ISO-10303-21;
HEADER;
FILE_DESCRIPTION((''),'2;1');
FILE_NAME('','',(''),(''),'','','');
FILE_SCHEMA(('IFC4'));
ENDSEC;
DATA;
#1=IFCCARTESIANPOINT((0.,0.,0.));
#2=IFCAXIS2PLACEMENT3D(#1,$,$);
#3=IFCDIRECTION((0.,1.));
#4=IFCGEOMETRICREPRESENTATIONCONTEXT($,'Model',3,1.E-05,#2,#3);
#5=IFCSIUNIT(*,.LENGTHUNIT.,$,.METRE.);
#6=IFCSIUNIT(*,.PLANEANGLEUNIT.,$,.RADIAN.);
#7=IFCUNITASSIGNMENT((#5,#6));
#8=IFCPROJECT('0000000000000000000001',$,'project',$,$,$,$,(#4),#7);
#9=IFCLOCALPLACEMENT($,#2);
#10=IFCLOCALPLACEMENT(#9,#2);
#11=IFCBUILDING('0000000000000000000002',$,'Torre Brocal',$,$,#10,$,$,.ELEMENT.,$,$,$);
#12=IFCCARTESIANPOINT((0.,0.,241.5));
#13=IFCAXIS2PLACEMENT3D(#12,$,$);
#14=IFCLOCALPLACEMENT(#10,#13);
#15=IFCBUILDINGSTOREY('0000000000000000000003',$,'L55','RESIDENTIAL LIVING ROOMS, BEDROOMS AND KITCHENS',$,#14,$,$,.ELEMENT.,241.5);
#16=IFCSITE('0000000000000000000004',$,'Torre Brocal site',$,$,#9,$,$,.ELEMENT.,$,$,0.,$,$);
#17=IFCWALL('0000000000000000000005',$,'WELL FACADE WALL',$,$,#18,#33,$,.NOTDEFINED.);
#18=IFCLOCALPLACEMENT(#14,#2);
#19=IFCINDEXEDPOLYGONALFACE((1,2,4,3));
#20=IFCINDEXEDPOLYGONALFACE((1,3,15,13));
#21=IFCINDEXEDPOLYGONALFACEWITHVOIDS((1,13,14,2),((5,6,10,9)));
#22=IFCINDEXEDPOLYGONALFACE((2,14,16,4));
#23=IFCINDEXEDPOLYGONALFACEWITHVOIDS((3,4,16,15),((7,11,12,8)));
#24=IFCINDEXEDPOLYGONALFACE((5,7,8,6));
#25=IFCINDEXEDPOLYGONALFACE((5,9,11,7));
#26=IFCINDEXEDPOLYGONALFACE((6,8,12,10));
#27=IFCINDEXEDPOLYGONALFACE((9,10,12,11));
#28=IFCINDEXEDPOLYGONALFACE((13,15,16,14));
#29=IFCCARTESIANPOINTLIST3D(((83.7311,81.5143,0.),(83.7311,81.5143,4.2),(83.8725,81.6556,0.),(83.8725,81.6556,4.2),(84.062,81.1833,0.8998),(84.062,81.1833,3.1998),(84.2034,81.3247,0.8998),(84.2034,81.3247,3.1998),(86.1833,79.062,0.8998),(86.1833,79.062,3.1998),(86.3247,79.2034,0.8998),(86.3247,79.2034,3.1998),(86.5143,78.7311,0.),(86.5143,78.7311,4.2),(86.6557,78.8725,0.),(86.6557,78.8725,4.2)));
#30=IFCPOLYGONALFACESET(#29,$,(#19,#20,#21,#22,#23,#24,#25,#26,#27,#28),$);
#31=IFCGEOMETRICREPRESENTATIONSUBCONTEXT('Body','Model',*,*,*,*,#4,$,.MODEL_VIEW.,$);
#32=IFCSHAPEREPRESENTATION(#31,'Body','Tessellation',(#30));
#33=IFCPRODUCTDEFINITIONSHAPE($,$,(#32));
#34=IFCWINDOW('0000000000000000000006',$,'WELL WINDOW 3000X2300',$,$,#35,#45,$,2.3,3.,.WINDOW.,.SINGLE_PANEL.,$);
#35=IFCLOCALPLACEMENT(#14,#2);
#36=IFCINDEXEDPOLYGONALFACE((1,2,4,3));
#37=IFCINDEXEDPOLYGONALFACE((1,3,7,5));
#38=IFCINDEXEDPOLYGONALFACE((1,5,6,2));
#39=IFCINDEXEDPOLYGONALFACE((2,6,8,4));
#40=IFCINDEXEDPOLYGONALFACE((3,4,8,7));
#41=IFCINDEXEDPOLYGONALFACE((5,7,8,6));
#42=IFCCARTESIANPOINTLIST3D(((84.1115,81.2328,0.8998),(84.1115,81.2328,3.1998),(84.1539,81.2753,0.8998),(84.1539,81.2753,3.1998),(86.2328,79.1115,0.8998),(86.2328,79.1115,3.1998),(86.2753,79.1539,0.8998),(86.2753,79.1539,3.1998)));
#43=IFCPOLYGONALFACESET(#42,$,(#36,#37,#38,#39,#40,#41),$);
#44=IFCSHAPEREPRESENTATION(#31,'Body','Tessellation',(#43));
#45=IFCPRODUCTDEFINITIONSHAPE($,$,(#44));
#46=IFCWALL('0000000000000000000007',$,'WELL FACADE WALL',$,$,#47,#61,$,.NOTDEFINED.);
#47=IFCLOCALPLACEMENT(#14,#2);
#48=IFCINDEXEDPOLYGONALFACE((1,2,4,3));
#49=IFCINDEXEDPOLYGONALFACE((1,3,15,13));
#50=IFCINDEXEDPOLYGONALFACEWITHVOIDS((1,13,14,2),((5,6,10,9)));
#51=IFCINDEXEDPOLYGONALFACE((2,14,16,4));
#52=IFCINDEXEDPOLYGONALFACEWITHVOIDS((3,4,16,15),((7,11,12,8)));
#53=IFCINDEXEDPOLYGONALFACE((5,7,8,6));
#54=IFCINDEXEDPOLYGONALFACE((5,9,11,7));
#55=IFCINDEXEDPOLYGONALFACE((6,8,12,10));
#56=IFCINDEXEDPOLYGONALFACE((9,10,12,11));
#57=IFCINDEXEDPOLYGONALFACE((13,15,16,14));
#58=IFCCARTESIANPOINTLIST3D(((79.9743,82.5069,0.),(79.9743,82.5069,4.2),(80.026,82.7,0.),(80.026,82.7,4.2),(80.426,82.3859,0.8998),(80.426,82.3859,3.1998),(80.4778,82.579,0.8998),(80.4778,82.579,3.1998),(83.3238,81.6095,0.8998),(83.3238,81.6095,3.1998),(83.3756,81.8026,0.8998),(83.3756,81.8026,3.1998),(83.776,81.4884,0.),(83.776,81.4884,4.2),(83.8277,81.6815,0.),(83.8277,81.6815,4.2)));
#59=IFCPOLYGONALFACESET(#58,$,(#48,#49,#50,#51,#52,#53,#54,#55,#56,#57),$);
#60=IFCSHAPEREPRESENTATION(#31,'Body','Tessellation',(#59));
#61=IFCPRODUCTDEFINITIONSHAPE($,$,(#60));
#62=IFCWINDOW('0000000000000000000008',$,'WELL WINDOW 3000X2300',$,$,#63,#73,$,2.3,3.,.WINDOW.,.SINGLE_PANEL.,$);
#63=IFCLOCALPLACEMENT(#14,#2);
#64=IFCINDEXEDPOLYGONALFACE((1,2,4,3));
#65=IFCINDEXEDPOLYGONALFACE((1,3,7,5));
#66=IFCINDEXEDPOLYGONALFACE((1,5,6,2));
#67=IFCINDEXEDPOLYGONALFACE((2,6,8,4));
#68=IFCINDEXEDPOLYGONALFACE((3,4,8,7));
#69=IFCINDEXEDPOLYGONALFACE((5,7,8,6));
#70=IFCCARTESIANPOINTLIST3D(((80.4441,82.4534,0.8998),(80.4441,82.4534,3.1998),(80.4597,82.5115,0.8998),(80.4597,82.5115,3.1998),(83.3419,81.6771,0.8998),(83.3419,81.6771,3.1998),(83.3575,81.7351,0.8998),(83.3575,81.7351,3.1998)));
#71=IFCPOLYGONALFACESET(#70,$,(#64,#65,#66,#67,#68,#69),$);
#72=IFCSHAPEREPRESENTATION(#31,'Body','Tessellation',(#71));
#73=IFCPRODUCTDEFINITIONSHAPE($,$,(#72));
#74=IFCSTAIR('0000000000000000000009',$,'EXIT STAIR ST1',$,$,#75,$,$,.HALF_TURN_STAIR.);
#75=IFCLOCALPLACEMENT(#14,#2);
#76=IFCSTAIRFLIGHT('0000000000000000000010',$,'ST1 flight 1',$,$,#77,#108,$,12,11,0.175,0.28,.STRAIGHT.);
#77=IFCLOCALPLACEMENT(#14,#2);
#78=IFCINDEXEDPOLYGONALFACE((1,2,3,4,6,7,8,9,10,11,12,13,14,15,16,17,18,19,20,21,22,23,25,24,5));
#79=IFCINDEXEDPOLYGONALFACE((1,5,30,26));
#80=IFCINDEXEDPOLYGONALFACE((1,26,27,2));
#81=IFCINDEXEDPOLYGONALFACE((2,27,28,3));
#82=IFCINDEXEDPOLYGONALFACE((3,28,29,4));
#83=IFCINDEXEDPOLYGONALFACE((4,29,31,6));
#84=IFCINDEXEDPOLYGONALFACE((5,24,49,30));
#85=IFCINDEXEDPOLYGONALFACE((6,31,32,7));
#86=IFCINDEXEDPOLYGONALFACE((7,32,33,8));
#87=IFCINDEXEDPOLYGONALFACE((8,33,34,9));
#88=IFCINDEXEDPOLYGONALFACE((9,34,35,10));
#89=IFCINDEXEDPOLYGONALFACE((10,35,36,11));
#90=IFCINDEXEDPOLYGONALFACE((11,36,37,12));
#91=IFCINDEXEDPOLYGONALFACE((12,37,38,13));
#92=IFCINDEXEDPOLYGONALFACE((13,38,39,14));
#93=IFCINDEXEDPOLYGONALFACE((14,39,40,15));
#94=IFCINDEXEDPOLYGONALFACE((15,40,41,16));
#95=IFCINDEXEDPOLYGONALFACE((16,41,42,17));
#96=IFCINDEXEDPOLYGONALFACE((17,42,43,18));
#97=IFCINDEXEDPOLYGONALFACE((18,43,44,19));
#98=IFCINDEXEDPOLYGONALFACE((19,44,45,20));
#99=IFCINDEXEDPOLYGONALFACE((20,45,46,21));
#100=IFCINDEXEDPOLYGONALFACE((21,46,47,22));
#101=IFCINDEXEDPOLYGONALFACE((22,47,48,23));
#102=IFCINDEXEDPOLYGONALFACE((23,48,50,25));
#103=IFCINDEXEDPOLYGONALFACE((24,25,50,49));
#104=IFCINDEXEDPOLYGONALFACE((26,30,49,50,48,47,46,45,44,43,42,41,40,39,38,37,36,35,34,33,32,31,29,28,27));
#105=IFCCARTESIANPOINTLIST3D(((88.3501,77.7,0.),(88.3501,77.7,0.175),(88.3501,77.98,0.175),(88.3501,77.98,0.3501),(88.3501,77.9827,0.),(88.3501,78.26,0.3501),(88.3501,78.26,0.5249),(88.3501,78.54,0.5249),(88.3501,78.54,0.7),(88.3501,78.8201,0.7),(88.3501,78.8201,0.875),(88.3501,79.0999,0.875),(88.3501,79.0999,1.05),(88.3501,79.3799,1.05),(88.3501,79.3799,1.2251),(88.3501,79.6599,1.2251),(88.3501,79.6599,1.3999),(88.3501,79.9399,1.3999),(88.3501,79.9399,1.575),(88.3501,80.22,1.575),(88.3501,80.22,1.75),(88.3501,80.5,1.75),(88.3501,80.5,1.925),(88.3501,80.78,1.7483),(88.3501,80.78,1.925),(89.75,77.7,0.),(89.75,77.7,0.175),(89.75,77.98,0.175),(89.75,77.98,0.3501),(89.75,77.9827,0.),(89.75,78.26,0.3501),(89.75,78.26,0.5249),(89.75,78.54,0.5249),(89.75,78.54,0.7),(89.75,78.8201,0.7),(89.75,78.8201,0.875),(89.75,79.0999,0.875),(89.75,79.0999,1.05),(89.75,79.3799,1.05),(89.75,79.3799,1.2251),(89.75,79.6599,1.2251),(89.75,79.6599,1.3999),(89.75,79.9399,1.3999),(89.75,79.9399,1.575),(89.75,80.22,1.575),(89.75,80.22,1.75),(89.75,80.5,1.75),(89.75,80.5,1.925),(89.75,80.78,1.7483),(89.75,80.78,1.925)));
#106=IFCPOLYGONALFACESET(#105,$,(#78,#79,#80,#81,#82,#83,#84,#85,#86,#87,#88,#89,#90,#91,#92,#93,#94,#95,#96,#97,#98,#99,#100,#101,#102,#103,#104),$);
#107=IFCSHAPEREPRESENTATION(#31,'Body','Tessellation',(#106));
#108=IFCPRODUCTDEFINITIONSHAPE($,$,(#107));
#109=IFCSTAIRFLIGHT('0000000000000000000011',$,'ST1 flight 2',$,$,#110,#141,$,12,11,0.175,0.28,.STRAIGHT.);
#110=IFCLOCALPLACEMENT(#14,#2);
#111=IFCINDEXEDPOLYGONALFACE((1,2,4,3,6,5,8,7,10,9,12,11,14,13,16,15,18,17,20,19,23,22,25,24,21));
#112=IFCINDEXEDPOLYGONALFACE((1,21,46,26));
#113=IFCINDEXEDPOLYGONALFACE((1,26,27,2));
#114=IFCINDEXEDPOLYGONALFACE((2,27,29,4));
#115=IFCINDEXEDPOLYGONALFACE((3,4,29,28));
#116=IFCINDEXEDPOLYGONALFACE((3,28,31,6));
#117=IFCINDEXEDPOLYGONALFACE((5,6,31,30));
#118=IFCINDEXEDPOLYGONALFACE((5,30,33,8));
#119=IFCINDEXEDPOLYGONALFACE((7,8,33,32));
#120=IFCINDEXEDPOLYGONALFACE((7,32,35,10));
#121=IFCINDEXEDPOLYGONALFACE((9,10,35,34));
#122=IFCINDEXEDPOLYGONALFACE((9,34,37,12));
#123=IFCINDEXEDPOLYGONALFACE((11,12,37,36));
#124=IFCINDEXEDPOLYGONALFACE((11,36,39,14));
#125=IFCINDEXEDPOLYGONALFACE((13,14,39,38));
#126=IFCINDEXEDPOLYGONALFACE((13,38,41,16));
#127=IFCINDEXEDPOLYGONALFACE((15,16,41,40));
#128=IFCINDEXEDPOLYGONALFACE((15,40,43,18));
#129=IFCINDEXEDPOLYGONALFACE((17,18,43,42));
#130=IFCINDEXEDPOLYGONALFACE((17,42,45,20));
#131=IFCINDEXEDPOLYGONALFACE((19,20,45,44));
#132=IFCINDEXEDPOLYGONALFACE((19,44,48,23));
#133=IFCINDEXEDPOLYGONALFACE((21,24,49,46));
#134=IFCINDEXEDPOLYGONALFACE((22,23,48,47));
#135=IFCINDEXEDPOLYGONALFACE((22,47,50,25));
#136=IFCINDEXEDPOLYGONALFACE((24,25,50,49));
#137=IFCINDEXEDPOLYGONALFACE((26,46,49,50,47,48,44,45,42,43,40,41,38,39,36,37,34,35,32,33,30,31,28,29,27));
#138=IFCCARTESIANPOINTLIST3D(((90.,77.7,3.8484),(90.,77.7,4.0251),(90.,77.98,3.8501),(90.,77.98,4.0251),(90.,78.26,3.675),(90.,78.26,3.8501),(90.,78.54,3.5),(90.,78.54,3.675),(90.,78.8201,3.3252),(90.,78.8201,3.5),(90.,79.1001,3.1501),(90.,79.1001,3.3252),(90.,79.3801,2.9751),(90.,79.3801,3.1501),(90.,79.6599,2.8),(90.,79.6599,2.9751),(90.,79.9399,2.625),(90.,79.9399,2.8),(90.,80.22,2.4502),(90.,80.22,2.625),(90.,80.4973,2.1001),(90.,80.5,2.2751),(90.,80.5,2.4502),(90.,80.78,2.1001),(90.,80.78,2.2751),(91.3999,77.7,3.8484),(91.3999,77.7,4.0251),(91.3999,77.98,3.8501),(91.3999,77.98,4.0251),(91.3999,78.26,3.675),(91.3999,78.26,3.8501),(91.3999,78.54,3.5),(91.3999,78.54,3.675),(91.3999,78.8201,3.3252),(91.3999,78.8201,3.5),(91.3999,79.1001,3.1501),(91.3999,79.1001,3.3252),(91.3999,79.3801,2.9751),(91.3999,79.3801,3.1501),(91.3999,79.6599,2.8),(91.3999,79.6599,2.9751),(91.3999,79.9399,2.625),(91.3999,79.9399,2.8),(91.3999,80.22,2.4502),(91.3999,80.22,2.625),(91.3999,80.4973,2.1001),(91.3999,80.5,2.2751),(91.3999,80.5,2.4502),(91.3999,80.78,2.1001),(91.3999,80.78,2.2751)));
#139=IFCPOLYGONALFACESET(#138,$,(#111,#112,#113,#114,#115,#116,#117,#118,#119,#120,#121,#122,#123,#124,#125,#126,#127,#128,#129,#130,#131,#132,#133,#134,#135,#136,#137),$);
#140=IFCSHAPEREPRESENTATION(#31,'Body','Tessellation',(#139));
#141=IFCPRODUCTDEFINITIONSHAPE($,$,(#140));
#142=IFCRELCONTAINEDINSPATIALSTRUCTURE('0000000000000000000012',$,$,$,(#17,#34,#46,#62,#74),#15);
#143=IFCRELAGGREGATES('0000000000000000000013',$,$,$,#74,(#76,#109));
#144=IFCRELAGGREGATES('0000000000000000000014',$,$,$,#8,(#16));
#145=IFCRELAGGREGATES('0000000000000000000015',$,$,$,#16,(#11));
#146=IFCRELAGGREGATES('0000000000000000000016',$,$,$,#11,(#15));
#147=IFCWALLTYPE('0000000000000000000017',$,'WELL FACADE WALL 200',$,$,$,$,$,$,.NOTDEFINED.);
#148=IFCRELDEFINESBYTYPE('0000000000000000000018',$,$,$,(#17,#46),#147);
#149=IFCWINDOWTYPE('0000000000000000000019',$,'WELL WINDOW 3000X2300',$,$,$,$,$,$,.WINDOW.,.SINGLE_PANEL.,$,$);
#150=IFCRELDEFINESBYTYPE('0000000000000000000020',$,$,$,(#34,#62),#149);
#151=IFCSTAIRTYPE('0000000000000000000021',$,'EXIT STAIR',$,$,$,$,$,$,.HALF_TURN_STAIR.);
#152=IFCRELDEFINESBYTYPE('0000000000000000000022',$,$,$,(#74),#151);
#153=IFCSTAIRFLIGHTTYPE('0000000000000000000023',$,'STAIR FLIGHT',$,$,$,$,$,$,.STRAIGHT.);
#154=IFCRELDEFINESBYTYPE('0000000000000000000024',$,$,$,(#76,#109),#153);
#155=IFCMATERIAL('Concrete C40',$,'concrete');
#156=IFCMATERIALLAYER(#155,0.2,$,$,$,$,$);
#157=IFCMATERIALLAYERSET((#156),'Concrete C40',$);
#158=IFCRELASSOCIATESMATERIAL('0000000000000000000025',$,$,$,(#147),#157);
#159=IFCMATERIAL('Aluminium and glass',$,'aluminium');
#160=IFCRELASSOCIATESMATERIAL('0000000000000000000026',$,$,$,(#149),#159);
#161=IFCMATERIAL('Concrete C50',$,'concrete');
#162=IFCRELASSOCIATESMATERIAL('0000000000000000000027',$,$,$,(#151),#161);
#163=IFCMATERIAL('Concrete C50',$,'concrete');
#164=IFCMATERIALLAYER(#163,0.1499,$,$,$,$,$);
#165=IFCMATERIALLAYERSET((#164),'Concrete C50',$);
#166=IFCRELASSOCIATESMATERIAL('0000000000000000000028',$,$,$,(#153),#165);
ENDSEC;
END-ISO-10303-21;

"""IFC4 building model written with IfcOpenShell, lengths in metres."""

from ifc_helpers import new_model, si_unit, direction, frame, frame_2d, origin, place, context, subcontext, project, spatial, polyline, rectangle, outline, extrude, material, layer, layer_set, type_object, element, fill, aggregate, save


model = new_model("IFC4")

# Units and contexts
model_context = context("Model", 3, precision=1e-05, world=origin(), true_north=direction((0.0, 1.0)))
body_context = subcontext(model_context, "Body", "Model", "MODEL_VIEW")
ifc_project = project(units=[si_unit("LENGTHUNIT", "METRE"), si_unit("PLANEANGLEUNIT", "RADIAN")], contexts=[model_context])

# Site, building, storey
site_placement = place(None, origin())
site = spatial("IfcSite", under=ifc_project, at=site_placement, Name="Torre Brocal site", CompositionType="ELEMENT", RefElevation=0.0)
building_placement = place(site_placement, origin())
building = spatial("IfcBuilding", under=site, at=building_placement, Name="Torre Brocal", CompositionType="ELEMENT")
storey_placement = place(building_placement, frame((0.0, 0.0, 241.5)))
storey = spatial("IfcBuildingStorey", under=building, at=storey_placement, Name="L55", Description="RESIDENTIAL LIVING ROOMS, BEDROOMS AND KITCHENS", CompositionType="ELEMENT", Elevation=241.5)

# Walls, openings, windows
ifc_material_1 = material(Name="Concrete C40", Category="concrete")
ifc_layer_1 = layer(ifc_material_1, 0.2)
ifc_layer_set_1 = layer_set([ifc_layer_1], Name="Concrete C40")
wall_type_1 = type_object("IfcWallType", Name="WELL FACADE WALL 200", PredefinedType="NOTDEFINED", material=ifc_layer_set_1)
wall_1_placement = place(storey_placement, frame((86.585, 78.8018, 0.0), z_axis=(0.0, 0.0, 1.0), x_axis=(-0.707107, 0.707107, 0.0)))
wall_1 = element("IfcWall", 1, at=wall_1_placement, inside=storey, type_object=wall_type_1, Name="WELL FACADE WALL", PredefinedType="NOTDEFINED", context=body_context, shape_type="SweptSolid", body=[
    extrude(rectangle(XDim=3.936, YDim=0.2, at=frame_2d((1.968, 0.0))), origin(), (0.0, 0.0, 1.0), 4.2),
])
opening_1_placement = place(wall_1_placement, frame((0.468, 0.0, 0.8999)))
opening_1 = element("IfcOpeningElement", 2, at=opening_1_placement, cuts=wall_1, PredefinedType="OPENING", context=body_context, shape_type="SweptSolid", body=[
    extrude(rectangle(XDim=3.0, YDim=2.3, at=frame_2d((1.5, 1.1499))), frame((0.0, 0.1099, 0.0), z_axis=(0.0, -1.0, 0.0), x_axis=(1.0, 0.0, 0.0)), (0.0, 0.0, 1.0), 0.22),
])
ifc_material_2 = material(Name="Aluminium and glass", Category="aluminium")
window_type = type_object("IfcWindowType", Name="WELL WINDOW 3000X2300", PartitioningType="SINGLE_PANEL", PredefinedType="WINDOW", material=ifc_material_2)
window_1_placement = place(opening_1_placement, origin())
window_1 = element("IfcWindow", 3, at=window_1_placement, inside=storey, type_object=window_type, Name="WELL WINDOW 3000X2300", OverallHeight=2.3, OverallWidth=3.0, PartitioningType="SINGLE_PANEL", PredefinedType="WINDOW", context=body_context, shape_type="SweptSolid", body=[
    extrude(rectangle(XDim=3.0, YDim=2.3, at=frame_2d((1.5, 1.1499))), frame((0.0, 0.03, 0.0), z_axis=(0.0, -1.0, 0.0), x_axis=(1.0, 0.0, 0.0)), (0.0, 0.0, 1.0), 0.0601),
])
fill(opening_1, window_1)
wall_2_placement = place(storey_placement, frame((83.8018, 81.585, 0.0), z_axis=(0.0, 0.0, 1.0), x_axis=(-0.965934, 0.25879, 0.0)))
wall_2 = element("IfcWall", 4, at=wall_2_placement, inside=storey, type_object=wall_type_1, Name="WELL FACADE WALL", PredefinedType="NOTDEFINED", context=body_context, shape_type="SweptSolid", body=[
    extrude(rectangle(XDim=3.9358, YDim=0.2, at=frame_2d((1.9678, 0.0))), origin(), (0.0, 0.0, 1.0), 4.2),
])
opening_2_placement = place(wall_2_placement, frame((0.468, 0.0, 0.8999)))
opening_2 = element("IfcOpeningElement", 5, at=opening_2_placement, cuts=wall_2, PredefinedType="OPENING", context=body_context, shape_type="SweptSolid", body=[
    extrude(rectangle(XDim=3.0, YDim=2.3, at=frame_2d((1.5, 1.1499))), frame((0.0, 0.1099, 0.0), z_axis=(0.0, -1.0, 0.0), x_axis=(1.0, 0.0, 0.0)), (0.0, 0.0, 1.0), 0.22),
])
window_2_placement = place(opening_2_placement, origin())
window_2 = element("IfcWindow", 6, at=window_2_placement, inside=storey, type_object=window_type, Name="WELL WINDOW 3000X2300", OverallHeight=2.3, OverallWidth=3.0, PartitioningType="SINGLE_PANEL", PredefinedType="WINDOW", context=body_context, shape_type="SweptSolid", body=[
    extrude(rectangle(XDim=3.0, YDim=2.3, at=frame_2d((1.5, 1.1499))), frame((0.0, 0.03, 0.0), z_axis=(0.0, -1.0, 0.0), x_axis=(1.0, 0.0, 0.0)), (0.0, 0.0, 1.0), 0.0601),
])
fill(opening_2, window_2)

# Stair, stair flights
ifc_material_3 = material(Name="Concrete C50", Category="concrete")
stair_type = type_object("IfcStairType", Name="EXIT STAIR", PredefinedType="HALF_TURN_STAIR", material=ifc_material_3)
stair_placement = place(storey_placement, origin())
stair = element("IfcStair", 7, at=stair_placement, inside=storey, type_object=stair_type, Name="EXIT STAIR ST1", PredefinedType="HALF_TURN_STAIR")
ifc_material_4 = material(Name="Concrete C50", Category="concrete")
ifc_layer_2 = layer(ifc_material_4, 0.1499)
ifc_layer_set_2 = layer_set([ifc_layer_2], Name="Concrete C50")
stair_flight_type = type_object("IfcStairFlightType", Name="STAIR FLIGHT", PredefinedType="STRAIGHT", material=ifc_layer_set_2)
stair_flight_1_placement = place(storey_placement, frame((89.05, 77.7, 0.0), z_axis=(0.0, 0.0, 1.0), x_axis=(0.0, 1.0, 0.0)))
stair_flight_1 = element("IfcStairFlight", 8, at=stair_flight_1_placement, type_object=stair_flight_type, Name="ST1 flight 1", NumberOfRisers=12, NumberOfTreads=11, PredefinedType="STRAIGHT", RiserHeight=0.175, TreadLength=0.28, context=body_context, shape_type="SweptSolid", body=[
    extrude(outline(polyline([(0.0, 0.0), (0.0, 0.175), (0.28, 0.175), (0.28, 0.3501), (0.5601, 0.3501), (0.5601, 0.5249), (0.8401, 0.5249), (0.8401, 0.7), (1.1201, 0.7), (1.1201, 0.875), (1.3999, 0.875), (1.3999, 1.05), (1.6799, 1.05), (1.6799, 1.2251), (1.96, 1.2251), (1.96, 1.3999), (2.24, 1.3999), (2.24, 1.575), (2.52, 1.575), (2.52, 1.75), (2.8, 1.75), (2.8, 1.925), (3.0801, 1.925), (3.0801, 2.1001), (3.0801, 1.7483), (0.2827, 0.0), (0.0, 0.0)])), frame((0.0, 0.7, 0.0), z_axis=(0.0, -1.0, 0.0), x_axis=(1.0, 0.0, 0.0)), (0.0, 0.0, 1.0), 1.3999),
])
stair_flight_2_placement = place(storey_placement, frame((90.7, 80.78, 2.1001), z_axis=(0.0, 0.0, 1.0), x_axis=(0.0, -1.0, 0.0)))
stair_flight_2 = element("IfcStairFlight", 9, at=stair_flight_2_placement, type_object=stair_flight_type, Name="ST1 flight 2", NumberOfRisers=12, NumberOfTreads=11, PredefinedType="STRAIGHT", RiserHeight=0.175, TreadLength=0.28, context=body_context, shape_type="SweptSolid", body=[
    extrude(outline(polyline([(0.0, 0.0), (0.0, 0.175), (0.28, 0.175), (0.28, 0.3501), (0.5601, 0.3501), (0.5601, 0.5249), (0.8401, 0.5249), (0.8401, 0.7), (1.1201, 0.7), (1.1201, 0.875), (1.3999, 0.875), (1.3999, 1.05), (1.6799, 1.05), (1.6799, 1.2251), (1.96, 1.2251), (1.96, 1.3999), (2.24, 1.3999), (2.24, 1.575), (2.52, 1.575), (2.52, 1.75), (2.8, 1.75), (2.8, 1.925), (3.0801, 1.925), (3.0801, 2.1001), (3.0801, 1.7483), (0.2827, 0.0), (0.0, 0.0)])), frame((0.0, 0.7, 0.0), z_axis=(0.0, -1.0, 0.0), x_axis=(1.0, 0.0, 0.0)), (0.0, 0.0, 1.0), 1.3999),
])
aggregate(stair, [stair_flight_1, stair_flight_2])

save(model, "model.ifc")
